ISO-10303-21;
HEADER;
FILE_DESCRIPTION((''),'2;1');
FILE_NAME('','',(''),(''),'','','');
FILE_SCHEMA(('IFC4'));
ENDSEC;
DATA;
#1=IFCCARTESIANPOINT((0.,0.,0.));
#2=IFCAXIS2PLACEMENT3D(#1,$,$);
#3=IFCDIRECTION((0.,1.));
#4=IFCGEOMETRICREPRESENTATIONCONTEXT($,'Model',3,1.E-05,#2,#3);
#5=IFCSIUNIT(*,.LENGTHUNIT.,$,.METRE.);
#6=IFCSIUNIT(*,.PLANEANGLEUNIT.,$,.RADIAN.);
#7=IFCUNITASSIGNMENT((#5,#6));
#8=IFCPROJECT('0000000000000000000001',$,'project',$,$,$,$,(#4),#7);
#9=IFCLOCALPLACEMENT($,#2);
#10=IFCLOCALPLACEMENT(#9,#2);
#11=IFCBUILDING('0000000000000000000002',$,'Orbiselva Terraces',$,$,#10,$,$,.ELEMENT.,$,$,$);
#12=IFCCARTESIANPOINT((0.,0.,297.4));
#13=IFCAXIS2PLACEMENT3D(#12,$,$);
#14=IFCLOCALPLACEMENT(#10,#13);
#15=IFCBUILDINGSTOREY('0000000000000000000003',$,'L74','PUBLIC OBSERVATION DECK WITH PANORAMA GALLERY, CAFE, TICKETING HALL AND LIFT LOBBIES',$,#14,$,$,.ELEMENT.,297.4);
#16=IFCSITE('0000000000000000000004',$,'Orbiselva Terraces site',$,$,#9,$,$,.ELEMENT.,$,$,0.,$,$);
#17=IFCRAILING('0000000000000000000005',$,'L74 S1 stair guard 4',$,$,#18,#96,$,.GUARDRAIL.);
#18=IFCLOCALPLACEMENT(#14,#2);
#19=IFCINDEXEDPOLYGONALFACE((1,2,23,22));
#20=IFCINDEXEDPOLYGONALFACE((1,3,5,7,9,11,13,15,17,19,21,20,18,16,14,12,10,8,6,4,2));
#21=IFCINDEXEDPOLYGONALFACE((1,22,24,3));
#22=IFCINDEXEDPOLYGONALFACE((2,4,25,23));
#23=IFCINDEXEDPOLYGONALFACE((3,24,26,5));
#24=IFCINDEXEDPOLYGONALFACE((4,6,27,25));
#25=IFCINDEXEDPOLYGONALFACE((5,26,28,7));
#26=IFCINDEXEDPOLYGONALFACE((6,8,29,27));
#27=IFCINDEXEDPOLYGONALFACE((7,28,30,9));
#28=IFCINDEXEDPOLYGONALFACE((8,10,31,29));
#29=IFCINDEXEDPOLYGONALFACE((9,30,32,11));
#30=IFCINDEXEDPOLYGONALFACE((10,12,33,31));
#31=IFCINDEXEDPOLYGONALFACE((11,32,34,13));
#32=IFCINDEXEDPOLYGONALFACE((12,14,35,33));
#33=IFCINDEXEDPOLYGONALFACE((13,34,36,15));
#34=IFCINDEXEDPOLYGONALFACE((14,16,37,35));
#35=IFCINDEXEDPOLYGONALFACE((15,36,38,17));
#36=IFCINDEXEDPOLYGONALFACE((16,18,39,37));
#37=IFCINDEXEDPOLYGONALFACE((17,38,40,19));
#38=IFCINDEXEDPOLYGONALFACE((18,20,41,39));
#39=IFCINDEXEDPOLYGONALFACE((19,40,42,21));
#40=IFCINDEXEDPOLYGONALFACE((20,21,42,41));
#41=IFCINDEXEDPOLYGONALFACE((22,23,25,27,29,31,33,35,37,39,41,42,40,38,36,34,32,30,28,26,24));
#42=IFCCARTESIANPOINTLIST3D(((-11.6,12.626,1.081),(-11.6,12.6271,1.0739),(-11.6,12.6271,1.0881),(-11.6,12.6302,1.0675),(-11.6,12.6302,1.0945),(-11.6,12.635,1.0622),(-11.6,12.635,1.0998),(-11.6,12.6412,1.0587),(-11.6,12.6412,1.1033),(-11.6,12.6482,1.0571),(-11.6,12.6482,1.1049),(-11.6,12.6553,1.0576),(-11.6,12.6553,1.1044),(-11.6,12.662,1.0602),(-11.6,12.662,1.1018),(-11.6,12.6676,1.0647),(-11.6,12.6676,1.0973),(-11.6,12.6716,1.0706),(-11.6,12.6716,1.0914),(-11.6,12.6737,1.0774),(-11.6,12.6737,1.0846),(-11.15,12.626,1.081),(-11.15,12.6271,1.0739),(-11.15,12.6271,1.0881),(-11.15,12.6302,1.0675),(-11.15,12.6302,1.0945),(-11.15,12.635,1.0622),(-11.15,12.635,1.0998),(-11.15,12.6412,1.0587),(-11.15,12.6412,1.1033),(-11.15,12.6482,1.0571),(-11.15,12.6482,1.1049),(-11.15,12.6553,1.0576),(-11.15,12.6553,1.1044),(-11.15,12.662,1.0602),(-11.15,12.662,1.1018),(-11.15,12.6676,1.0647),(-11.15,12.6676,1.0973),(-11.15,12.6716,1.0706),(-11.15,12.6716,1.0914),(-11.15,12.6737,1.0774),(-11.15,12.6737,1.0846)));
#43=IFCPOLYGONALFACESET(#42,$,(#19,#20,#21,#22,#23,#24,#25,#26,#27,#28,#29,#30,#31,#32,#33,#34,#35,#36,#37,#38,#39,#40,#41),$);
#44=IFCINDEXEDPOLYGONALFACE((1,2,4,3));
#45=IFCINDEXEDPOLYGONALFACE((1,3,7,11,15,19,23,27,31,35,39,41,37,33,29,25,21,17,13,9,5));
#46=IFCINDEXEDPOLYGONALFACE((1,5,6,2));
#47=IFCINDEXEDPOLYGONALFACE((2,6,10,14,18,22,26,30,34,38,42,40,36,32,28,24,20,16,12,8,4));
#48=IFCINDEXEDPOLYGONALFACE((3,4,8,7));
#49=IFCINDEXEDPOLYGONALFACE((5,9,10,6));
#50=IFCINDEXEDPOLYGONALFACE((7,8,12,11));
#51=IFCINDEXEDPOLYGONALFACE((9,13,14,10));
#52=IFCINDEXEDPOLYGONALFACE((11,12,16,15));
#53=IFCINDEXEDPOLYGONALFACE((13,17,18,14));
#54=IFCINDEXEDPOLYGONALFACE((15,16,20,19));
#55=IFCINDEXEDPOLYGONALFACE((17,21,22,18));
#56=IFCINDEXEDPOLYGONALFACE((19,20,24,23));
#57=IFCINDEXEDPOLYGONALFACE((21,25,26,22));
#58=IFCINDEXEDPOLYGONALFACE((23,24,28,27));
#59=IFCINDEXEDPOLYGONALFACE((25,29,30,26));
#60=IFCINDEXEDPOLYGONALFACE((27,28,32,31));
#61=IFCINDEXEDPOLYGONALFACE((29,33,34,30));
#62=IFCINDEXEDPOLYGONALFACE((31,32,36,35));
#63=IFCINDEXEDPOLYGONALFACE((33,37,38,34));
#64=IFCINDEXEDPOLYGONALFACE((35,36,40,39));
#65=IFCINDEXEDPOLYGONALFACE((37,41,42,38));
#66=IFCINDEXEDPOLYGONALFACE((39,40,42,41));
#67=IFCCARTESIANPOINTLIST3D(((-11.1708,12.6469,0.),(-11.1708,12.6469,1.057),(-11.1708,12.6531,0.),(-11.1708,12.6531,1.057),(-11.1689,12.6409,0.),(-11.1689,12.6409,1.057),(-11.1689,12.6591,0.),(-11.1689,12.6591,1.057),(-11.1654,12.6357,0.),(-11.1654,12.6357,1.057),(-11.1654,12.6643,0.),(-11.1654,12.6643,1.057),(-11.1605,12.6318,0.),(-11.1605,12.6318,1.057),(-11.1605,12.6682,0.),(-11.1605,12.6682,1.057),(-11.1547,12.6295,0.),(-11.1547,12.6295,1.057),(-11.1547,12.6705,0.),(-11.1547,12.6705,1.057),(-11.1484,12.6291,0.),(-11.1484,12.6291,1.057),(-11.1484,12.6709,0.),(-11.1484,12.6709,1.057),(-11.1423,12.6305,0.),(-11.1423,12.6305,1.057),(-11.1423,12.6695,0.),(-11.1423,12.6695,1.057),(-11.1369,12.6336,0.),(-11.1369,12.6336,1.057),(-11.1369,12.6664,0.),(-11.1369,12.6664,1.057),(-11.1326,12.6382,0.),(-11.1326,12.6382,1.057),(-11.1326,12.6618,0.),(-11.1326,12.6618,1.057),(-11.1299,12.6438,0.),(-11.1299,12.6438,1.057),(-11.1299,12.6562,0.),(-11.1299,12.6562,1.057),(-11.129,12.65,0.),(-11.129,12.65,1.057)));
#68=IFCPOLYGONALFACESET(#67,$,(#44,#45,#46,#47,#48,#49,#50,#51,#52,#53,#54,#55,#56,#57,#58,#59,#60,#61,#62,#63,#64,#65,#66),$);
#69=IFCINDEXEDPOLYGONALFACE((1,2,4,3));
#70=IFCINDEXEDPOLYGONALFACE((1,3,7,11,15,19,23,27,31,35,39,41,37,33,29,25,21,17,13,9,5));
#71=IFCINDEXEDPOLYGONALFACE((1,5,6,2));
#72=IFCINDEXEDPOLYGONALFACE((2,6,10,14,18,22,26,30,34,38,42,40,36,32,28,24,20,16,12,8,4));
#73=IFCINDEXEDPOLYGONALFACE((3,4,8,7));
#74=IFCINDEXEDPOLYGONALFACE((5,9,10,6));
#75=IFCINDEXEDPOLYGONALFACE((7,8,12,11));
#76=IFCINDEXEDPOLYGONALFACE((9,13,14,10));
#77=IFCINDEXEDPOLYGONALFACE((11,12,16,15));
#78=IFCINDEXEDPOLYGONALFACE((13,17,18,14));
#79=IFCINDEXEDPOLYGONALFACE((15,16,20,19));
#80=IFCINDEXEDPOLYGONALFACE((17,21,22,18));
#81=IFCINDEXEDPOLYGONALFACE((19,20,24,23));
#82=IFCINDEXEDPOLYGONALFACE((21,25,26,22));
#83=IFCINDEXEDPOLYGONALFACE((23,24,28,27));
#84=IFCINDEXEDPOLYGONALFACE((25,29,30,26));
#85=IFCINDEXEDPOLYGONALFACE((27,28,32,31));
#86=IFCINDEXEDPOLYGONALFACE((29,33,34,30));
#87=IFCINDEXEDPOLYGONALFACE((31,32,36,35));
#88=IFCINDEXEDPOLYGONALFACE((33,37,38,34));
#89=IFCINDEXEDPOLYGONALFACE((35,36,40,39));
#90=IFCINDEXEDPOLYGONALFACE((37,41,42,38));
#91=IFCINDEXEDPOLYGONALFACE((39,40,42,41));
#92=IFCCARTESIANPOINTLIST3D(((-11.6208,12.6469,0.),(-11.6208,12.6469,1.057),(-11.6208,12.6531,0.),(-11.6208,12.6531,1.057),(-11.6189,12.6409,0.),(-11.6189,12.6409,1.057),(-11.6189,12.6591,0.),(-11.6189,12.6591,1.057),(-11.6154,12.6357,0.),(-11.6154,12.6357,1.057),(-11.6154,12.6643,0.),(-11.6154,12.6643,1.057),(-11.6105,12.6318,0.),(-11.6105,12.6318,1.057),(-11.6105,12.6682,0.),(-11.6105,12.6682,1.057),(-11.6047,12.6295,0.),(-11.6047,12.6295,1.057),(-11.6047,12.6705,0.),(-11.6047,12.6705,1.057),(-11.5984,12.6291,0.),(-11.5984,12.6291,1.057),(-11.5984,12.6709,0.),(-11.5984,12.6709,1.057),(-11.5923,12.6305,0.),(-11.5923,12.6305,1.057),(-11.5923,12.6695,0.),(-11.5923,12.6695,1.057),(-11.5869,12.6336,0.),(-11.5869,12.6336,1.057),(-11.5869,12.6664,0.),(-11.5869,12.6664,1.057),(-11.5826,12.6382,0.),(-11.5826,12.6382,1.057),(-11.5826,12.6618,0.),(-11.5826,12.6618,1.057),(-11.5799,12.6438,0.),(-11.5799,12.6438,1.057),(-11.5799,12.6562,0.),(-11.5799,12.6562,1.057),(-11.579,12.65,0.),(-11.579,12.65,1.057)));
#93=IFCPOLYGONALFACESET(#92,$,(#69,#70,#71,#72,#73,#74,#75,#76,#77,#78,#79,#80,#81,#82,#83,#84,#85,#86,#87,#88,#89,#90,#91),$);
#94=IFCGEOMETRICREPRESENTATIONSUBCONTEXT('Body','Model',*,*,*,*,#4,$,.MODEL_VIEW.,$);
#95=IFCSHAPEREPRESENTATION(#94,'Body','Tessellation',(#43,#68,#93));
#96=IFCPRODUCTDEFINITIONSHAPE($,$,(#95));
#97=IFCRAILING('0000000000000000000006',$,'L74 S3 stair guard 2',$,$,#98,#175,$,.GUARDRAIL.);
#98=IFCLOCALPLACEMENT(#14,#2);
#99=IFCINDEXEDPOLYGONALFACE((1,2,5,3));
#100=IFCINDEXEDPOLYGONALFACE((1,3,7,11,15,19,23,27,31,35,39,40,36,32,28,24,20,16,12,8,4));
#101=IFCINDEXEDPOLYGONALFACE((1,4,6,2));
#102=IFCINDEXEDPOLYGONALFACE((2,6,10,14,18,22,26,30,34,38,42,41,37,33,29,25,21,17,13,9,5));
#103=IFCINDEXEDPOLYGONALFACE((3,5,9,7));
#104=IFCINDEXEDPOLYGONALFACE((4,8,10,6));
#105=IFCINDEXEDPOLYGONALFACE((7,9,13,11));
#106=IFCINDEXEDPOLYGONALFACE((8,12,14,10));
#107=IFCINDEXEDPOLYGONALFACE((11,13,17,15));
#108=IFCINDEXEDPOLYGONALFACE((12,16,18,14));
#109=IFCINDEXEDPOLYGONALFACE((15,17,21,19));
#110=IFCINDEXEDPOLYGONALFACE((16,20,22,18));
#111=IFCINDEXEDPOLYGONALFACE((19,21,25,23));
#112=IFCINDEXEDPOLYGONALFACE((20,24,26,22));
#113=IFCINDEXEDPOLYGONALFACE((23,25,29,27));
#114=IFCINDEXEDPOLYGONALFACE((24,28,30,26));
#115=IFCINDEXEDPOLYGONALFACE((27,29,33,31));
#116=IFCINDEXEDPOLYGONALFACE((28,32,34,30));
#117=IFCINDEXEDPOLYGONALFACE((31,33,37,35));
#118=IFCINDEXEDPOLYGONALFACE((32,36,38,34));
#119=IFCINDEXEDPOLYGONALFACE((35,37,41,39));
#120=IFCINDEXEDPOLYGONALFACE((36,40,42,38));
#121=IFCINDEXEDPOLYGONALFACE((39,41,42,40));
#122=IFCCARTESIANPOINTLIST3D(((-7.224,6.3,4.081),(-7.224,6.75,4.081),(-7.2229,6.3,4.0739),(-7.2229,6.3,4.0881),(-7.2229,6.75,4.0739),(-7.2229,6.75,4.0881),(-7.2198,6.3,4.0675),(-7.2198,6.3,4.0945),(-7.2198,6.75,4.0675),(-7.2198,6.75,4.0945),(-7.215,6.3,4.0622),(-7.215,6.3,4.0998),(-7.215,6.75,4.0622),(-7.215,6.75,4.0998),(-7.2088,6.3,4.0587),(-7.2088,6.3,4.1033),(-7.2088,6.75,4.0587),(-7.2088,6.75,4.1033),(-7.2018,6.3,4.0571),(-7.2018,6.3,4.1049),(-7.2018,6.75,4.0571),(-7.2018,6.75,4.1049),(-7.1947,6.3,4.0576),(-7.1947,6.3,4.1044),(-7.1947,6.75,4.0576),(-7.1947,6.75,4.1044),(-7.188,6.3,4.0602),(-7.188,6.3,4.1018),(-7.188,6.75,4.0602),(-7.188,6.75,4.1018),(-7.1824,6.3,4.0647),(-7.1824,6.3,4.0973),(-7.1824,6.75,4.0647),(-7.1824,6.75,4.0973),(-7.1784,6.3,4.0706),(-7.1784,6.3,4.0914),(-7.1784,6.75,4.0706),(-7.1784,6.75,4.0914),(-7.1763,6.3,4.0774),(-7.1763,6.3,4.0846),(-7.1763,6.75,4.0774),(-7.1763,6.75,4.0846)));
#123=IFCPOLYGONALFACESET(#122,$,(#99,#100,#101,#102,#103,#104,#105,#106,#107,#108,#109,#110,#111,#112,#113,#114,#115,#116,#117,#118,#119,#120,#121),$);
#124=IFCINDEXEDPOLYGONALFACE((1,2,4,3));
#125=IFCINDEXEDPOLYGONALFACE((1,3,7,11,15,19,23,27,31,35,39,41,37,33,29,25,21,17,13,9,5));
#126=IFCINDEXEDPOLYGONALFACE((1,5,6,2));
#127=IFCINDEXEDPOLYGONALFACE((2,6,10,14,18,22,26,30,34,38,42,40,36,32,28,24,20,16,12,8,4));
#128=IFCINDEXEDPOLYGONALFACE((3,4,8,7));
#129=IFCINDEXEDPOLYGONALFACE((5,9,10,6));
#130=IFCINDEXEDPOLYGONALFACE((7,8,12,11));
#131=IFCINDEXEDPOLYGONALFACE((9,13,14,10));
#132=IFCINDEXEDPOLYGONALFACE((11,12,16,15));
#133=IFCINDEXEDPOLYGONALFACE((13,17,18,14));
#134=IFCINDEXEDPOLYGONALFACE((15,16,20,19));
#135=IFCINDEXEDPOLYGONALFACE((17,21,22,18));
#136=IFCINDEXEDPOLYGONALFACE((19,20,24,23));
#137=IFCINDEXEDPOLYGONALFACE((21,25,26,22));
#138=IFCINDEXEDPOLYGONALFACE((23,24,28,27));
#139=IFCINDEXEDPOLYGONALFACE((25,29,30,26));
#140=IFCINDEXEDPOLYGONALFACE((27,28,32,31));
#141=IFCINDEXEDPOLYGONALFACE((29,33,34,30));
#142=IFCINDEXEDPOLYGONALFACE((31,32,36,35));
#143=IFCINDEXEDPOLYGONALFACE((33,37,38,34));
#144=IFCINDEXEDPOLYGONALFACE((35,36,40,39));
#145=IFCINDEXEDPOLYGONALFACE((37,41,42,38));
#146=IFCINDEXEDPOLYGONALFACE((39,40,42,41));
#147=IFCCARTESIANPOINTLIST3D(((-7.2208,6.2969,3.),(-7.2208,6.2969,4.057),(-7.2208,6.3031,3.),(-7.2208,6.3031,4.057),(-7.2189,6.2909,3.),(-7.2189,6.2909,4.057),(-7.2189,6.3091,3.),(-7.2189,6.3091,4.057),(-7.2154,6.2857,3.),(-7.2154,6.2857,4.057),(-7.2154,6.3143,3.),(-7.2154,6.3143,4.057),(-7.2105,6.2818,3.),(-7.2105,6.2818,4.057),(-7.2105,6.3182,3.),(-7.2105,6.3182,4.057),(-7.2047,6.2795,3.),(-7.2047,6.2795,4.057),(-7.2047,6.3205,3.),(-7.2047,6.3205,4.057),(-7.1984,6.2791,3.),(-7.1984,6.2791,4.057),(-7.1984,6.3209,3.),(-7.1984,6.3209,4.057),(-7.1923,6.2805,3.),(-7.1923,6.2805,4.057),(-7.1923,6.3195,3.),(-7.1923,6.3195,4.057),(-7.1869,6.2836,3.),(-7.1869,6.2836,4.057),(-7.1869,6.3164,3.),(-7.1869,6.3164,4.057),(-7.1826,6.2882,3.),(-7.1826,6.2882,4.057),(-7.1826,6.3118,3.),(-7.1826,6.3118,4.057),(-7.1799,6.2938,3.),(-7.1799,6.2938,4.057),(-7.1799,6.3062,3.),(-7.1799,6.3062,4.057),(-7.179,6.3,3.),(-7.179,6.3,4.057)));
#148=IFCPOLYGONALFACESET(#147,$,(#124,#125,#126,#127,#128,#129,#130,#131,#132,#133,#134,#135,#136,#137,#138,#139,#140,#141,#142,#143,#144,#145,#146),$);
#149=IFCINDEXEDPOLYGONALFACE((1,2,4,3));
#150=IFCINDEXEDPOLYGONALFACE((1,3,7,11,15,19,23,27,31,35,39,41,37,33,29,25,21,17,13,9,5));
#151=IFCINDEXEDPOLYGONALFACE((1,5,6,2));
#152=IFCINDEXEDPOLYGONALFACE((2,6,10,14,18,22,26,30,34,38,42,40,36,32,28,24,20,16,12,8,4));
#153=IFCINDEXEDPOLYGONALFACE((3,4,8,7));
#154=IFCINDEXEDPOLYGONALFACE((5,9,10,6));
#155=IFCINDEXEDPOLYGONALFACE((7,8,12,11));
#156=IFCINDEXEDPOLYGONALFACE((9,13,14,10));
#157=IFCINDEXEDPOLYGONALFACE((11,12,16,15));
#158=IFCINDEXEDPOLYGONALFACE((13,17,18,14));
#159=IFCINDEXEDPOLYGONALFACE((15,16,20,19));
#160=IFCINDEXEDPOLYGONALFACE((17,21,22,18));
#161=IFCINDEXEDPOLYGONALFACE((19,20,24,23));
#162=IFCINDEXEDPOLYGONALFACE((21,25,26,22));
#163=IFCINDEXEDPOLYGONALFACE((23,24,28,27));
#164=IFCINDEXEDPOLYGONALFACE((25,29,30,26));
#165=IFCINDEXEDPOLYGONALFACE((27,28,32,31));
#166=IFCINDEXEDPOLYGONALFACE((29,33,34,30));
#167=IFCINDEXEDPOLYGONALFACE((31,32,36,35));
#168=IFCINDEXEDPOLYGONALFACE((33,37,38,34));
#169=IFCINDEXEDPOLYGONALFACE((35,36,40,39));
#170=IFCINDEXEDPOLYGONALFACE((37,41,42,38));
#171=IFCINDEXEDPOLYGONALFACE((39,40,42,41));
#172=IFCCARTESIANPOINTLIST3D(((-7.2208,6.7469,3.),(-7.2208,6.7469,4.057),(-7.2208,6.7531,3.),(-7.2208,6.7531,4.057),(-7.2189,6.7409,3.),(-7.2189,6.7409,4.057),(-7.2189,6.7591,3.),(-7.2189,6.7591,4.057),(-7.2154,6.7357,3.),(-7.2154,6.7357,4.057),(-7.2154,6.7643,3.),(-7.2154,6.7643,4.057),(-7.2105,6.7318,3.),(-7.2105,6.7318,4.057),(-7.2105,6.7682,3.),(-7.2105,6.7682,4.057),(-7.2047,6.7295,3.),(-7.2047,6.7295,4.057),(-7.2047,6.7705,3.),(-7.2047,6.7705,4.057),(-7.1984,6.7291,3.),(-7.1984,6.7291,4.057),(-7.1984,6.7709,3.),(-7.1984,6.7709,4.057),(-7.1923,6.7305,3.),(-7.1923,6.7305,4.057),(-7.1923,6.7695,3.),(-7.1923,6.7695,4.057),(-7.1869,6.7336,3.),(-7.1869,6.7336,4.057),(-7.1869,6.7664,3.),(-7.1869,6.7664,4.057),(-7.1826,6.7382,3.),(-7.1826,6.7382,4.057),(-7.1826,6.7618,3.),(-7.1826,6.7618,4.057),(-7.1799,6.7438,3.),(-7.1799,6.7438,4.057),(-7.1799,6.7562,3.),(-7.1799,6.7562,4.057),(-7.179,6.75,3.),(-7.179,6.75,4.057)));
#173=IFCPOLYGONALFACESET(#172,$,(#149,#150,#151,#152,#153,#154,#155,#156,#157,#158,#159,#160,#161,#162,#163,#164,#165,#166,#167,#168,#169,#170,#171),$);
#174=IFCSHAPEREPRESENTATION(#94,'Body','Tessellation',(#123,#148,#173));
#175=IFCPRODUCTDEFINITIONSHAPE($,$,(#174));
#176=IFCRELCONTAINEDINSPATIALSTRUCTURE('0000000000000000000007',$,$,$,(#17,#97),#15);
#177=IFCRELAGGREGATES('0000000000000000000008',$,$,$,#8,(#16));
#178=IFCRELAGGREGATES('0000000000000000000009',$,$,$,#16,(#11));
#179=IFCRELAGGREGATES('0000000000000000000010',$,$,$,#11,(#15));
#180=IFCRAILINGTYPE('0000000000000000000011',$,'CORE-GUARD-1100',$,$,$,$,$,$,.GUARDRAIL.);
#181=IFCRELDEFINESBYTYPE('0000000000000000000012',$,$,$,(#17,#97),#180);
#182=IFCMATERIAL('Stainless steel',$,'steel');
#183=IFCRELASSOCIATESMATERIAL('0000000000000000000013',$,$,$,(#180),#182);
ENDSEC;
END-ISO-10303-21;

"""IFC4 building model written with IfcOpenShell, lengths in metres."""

from ifc_helpers import new_model, si_unit, direction, frame, origin, origin_2d, place, context, subcontext, project, spatial, circle, extrude, material, type_object, element, save


model = new_model("IFC4")

# Units and contexts
model_context = context("Model", 3, precision=1e-05, world=origin(), true_north=direction((0.0, 1.0)))
body_context = subcontext(model_context, "Body", "Model", "MODEL_VIEW")
ifc_project = project(units=[si_unit("LENGTHUNIT", "METRE"), si_unit("PLANEANGLEUNIT", "RADIAN")], contexts=[model_context])

# Site, building, storey
site_placement = place(None, origin())
site = spatial("IfcSite", under=ifc_project, at=site_placement, Name="Orbiselva Terraces site", CompositionType="ELEMENT", RefElevation=0.0)
building_placement = place(site_placement, origin())
building = spatial("IfcBuilding", under=site, at=building_placement, Name="Orbiselva Terraces", CompositionType="ELEMENT")
storey_placement = place(building_placement, frame((0.0, 0.0, 297.4)))
storey = spatial("IfcBuildingStorey", under=building, at=storey_placement, Name="L74", Description="PUBLIC OBSERVATION DECK WITH PANORAMA GALLERY, CAFE, TICKETING HALL AND LIFT LOBBIES", CompositionType="ELEMENT", Elevation=297.4)

# Railings
ifc_material_1 = material(Name="Stainless steel", Category="steel")
railing_type_1 = type_object("IfcRailingType", Name="CORE-GUARD-1100", PredefinedType="GUARDRAIL", material=ifc_material_1)
for number, where, name in (
    (1, (-11.15, 12.65, 0.0), "L74 S1 stair guard 4"),
):
    element("IfcRailing", number, at=place(storey_placement, frame(where)), inside=storey, type_object=railing_type_1, Name=name, PredefinedType="GUARDRAIL", context=body_context, shape_type="SweptSolid", body=[
        extrude(circle(Radius=0.024, at=origin_2d()), frame((0.0, 0.0, 1.081), z_axis=(-1.0, 0.0, 0.0), x_axis=(0.0, -1.0, 0.0)), (0.0, 0.0, 1.0), 0.45),
        extrude(circle(Radius=0.021, at=origin_2d()), origin(), (0.0, 0.0, 1.0), 1.057),
        extrude(circle(Radius=0.021, at=origin_2d()), frame((-0.45, 0.0, 0.0)), (0.0, 0.0, 1.0), 1.057),
    ])
railing_1_placement = place(storey_placement, frame((-7.2, 6.3, 3.0)))
element("IfcRailing", 2, at=railing_1_placement, inside=storey, type_object=railing_type_1, Name="L74 S3 stair guard 2", PredefinedType="GUARDRAIL", context=body_context, shape_type="SweptSolid", body=[
    extrude(circle(Radius=0.024, at=origin_2d()), frame((0.0, 0.0, 1.081), z_axis=(0.0, 1.0, 0.0), x_axis=(-1.0, 0.0, 0.0)), (0.0, 0.0, 1.0), 0.45),
    extrude(circle(Radius=0.021, at=origin_2d()), origin(), (0.0, 0.0, 1.0), 1.057),
    extrude(circle(Radius=0.021, at=origin_2d()), frame((0.0, 0.45, 0.0)), (0.0, 0.0, 1.0), 1.057),
])

save(model, "model.ifc")
